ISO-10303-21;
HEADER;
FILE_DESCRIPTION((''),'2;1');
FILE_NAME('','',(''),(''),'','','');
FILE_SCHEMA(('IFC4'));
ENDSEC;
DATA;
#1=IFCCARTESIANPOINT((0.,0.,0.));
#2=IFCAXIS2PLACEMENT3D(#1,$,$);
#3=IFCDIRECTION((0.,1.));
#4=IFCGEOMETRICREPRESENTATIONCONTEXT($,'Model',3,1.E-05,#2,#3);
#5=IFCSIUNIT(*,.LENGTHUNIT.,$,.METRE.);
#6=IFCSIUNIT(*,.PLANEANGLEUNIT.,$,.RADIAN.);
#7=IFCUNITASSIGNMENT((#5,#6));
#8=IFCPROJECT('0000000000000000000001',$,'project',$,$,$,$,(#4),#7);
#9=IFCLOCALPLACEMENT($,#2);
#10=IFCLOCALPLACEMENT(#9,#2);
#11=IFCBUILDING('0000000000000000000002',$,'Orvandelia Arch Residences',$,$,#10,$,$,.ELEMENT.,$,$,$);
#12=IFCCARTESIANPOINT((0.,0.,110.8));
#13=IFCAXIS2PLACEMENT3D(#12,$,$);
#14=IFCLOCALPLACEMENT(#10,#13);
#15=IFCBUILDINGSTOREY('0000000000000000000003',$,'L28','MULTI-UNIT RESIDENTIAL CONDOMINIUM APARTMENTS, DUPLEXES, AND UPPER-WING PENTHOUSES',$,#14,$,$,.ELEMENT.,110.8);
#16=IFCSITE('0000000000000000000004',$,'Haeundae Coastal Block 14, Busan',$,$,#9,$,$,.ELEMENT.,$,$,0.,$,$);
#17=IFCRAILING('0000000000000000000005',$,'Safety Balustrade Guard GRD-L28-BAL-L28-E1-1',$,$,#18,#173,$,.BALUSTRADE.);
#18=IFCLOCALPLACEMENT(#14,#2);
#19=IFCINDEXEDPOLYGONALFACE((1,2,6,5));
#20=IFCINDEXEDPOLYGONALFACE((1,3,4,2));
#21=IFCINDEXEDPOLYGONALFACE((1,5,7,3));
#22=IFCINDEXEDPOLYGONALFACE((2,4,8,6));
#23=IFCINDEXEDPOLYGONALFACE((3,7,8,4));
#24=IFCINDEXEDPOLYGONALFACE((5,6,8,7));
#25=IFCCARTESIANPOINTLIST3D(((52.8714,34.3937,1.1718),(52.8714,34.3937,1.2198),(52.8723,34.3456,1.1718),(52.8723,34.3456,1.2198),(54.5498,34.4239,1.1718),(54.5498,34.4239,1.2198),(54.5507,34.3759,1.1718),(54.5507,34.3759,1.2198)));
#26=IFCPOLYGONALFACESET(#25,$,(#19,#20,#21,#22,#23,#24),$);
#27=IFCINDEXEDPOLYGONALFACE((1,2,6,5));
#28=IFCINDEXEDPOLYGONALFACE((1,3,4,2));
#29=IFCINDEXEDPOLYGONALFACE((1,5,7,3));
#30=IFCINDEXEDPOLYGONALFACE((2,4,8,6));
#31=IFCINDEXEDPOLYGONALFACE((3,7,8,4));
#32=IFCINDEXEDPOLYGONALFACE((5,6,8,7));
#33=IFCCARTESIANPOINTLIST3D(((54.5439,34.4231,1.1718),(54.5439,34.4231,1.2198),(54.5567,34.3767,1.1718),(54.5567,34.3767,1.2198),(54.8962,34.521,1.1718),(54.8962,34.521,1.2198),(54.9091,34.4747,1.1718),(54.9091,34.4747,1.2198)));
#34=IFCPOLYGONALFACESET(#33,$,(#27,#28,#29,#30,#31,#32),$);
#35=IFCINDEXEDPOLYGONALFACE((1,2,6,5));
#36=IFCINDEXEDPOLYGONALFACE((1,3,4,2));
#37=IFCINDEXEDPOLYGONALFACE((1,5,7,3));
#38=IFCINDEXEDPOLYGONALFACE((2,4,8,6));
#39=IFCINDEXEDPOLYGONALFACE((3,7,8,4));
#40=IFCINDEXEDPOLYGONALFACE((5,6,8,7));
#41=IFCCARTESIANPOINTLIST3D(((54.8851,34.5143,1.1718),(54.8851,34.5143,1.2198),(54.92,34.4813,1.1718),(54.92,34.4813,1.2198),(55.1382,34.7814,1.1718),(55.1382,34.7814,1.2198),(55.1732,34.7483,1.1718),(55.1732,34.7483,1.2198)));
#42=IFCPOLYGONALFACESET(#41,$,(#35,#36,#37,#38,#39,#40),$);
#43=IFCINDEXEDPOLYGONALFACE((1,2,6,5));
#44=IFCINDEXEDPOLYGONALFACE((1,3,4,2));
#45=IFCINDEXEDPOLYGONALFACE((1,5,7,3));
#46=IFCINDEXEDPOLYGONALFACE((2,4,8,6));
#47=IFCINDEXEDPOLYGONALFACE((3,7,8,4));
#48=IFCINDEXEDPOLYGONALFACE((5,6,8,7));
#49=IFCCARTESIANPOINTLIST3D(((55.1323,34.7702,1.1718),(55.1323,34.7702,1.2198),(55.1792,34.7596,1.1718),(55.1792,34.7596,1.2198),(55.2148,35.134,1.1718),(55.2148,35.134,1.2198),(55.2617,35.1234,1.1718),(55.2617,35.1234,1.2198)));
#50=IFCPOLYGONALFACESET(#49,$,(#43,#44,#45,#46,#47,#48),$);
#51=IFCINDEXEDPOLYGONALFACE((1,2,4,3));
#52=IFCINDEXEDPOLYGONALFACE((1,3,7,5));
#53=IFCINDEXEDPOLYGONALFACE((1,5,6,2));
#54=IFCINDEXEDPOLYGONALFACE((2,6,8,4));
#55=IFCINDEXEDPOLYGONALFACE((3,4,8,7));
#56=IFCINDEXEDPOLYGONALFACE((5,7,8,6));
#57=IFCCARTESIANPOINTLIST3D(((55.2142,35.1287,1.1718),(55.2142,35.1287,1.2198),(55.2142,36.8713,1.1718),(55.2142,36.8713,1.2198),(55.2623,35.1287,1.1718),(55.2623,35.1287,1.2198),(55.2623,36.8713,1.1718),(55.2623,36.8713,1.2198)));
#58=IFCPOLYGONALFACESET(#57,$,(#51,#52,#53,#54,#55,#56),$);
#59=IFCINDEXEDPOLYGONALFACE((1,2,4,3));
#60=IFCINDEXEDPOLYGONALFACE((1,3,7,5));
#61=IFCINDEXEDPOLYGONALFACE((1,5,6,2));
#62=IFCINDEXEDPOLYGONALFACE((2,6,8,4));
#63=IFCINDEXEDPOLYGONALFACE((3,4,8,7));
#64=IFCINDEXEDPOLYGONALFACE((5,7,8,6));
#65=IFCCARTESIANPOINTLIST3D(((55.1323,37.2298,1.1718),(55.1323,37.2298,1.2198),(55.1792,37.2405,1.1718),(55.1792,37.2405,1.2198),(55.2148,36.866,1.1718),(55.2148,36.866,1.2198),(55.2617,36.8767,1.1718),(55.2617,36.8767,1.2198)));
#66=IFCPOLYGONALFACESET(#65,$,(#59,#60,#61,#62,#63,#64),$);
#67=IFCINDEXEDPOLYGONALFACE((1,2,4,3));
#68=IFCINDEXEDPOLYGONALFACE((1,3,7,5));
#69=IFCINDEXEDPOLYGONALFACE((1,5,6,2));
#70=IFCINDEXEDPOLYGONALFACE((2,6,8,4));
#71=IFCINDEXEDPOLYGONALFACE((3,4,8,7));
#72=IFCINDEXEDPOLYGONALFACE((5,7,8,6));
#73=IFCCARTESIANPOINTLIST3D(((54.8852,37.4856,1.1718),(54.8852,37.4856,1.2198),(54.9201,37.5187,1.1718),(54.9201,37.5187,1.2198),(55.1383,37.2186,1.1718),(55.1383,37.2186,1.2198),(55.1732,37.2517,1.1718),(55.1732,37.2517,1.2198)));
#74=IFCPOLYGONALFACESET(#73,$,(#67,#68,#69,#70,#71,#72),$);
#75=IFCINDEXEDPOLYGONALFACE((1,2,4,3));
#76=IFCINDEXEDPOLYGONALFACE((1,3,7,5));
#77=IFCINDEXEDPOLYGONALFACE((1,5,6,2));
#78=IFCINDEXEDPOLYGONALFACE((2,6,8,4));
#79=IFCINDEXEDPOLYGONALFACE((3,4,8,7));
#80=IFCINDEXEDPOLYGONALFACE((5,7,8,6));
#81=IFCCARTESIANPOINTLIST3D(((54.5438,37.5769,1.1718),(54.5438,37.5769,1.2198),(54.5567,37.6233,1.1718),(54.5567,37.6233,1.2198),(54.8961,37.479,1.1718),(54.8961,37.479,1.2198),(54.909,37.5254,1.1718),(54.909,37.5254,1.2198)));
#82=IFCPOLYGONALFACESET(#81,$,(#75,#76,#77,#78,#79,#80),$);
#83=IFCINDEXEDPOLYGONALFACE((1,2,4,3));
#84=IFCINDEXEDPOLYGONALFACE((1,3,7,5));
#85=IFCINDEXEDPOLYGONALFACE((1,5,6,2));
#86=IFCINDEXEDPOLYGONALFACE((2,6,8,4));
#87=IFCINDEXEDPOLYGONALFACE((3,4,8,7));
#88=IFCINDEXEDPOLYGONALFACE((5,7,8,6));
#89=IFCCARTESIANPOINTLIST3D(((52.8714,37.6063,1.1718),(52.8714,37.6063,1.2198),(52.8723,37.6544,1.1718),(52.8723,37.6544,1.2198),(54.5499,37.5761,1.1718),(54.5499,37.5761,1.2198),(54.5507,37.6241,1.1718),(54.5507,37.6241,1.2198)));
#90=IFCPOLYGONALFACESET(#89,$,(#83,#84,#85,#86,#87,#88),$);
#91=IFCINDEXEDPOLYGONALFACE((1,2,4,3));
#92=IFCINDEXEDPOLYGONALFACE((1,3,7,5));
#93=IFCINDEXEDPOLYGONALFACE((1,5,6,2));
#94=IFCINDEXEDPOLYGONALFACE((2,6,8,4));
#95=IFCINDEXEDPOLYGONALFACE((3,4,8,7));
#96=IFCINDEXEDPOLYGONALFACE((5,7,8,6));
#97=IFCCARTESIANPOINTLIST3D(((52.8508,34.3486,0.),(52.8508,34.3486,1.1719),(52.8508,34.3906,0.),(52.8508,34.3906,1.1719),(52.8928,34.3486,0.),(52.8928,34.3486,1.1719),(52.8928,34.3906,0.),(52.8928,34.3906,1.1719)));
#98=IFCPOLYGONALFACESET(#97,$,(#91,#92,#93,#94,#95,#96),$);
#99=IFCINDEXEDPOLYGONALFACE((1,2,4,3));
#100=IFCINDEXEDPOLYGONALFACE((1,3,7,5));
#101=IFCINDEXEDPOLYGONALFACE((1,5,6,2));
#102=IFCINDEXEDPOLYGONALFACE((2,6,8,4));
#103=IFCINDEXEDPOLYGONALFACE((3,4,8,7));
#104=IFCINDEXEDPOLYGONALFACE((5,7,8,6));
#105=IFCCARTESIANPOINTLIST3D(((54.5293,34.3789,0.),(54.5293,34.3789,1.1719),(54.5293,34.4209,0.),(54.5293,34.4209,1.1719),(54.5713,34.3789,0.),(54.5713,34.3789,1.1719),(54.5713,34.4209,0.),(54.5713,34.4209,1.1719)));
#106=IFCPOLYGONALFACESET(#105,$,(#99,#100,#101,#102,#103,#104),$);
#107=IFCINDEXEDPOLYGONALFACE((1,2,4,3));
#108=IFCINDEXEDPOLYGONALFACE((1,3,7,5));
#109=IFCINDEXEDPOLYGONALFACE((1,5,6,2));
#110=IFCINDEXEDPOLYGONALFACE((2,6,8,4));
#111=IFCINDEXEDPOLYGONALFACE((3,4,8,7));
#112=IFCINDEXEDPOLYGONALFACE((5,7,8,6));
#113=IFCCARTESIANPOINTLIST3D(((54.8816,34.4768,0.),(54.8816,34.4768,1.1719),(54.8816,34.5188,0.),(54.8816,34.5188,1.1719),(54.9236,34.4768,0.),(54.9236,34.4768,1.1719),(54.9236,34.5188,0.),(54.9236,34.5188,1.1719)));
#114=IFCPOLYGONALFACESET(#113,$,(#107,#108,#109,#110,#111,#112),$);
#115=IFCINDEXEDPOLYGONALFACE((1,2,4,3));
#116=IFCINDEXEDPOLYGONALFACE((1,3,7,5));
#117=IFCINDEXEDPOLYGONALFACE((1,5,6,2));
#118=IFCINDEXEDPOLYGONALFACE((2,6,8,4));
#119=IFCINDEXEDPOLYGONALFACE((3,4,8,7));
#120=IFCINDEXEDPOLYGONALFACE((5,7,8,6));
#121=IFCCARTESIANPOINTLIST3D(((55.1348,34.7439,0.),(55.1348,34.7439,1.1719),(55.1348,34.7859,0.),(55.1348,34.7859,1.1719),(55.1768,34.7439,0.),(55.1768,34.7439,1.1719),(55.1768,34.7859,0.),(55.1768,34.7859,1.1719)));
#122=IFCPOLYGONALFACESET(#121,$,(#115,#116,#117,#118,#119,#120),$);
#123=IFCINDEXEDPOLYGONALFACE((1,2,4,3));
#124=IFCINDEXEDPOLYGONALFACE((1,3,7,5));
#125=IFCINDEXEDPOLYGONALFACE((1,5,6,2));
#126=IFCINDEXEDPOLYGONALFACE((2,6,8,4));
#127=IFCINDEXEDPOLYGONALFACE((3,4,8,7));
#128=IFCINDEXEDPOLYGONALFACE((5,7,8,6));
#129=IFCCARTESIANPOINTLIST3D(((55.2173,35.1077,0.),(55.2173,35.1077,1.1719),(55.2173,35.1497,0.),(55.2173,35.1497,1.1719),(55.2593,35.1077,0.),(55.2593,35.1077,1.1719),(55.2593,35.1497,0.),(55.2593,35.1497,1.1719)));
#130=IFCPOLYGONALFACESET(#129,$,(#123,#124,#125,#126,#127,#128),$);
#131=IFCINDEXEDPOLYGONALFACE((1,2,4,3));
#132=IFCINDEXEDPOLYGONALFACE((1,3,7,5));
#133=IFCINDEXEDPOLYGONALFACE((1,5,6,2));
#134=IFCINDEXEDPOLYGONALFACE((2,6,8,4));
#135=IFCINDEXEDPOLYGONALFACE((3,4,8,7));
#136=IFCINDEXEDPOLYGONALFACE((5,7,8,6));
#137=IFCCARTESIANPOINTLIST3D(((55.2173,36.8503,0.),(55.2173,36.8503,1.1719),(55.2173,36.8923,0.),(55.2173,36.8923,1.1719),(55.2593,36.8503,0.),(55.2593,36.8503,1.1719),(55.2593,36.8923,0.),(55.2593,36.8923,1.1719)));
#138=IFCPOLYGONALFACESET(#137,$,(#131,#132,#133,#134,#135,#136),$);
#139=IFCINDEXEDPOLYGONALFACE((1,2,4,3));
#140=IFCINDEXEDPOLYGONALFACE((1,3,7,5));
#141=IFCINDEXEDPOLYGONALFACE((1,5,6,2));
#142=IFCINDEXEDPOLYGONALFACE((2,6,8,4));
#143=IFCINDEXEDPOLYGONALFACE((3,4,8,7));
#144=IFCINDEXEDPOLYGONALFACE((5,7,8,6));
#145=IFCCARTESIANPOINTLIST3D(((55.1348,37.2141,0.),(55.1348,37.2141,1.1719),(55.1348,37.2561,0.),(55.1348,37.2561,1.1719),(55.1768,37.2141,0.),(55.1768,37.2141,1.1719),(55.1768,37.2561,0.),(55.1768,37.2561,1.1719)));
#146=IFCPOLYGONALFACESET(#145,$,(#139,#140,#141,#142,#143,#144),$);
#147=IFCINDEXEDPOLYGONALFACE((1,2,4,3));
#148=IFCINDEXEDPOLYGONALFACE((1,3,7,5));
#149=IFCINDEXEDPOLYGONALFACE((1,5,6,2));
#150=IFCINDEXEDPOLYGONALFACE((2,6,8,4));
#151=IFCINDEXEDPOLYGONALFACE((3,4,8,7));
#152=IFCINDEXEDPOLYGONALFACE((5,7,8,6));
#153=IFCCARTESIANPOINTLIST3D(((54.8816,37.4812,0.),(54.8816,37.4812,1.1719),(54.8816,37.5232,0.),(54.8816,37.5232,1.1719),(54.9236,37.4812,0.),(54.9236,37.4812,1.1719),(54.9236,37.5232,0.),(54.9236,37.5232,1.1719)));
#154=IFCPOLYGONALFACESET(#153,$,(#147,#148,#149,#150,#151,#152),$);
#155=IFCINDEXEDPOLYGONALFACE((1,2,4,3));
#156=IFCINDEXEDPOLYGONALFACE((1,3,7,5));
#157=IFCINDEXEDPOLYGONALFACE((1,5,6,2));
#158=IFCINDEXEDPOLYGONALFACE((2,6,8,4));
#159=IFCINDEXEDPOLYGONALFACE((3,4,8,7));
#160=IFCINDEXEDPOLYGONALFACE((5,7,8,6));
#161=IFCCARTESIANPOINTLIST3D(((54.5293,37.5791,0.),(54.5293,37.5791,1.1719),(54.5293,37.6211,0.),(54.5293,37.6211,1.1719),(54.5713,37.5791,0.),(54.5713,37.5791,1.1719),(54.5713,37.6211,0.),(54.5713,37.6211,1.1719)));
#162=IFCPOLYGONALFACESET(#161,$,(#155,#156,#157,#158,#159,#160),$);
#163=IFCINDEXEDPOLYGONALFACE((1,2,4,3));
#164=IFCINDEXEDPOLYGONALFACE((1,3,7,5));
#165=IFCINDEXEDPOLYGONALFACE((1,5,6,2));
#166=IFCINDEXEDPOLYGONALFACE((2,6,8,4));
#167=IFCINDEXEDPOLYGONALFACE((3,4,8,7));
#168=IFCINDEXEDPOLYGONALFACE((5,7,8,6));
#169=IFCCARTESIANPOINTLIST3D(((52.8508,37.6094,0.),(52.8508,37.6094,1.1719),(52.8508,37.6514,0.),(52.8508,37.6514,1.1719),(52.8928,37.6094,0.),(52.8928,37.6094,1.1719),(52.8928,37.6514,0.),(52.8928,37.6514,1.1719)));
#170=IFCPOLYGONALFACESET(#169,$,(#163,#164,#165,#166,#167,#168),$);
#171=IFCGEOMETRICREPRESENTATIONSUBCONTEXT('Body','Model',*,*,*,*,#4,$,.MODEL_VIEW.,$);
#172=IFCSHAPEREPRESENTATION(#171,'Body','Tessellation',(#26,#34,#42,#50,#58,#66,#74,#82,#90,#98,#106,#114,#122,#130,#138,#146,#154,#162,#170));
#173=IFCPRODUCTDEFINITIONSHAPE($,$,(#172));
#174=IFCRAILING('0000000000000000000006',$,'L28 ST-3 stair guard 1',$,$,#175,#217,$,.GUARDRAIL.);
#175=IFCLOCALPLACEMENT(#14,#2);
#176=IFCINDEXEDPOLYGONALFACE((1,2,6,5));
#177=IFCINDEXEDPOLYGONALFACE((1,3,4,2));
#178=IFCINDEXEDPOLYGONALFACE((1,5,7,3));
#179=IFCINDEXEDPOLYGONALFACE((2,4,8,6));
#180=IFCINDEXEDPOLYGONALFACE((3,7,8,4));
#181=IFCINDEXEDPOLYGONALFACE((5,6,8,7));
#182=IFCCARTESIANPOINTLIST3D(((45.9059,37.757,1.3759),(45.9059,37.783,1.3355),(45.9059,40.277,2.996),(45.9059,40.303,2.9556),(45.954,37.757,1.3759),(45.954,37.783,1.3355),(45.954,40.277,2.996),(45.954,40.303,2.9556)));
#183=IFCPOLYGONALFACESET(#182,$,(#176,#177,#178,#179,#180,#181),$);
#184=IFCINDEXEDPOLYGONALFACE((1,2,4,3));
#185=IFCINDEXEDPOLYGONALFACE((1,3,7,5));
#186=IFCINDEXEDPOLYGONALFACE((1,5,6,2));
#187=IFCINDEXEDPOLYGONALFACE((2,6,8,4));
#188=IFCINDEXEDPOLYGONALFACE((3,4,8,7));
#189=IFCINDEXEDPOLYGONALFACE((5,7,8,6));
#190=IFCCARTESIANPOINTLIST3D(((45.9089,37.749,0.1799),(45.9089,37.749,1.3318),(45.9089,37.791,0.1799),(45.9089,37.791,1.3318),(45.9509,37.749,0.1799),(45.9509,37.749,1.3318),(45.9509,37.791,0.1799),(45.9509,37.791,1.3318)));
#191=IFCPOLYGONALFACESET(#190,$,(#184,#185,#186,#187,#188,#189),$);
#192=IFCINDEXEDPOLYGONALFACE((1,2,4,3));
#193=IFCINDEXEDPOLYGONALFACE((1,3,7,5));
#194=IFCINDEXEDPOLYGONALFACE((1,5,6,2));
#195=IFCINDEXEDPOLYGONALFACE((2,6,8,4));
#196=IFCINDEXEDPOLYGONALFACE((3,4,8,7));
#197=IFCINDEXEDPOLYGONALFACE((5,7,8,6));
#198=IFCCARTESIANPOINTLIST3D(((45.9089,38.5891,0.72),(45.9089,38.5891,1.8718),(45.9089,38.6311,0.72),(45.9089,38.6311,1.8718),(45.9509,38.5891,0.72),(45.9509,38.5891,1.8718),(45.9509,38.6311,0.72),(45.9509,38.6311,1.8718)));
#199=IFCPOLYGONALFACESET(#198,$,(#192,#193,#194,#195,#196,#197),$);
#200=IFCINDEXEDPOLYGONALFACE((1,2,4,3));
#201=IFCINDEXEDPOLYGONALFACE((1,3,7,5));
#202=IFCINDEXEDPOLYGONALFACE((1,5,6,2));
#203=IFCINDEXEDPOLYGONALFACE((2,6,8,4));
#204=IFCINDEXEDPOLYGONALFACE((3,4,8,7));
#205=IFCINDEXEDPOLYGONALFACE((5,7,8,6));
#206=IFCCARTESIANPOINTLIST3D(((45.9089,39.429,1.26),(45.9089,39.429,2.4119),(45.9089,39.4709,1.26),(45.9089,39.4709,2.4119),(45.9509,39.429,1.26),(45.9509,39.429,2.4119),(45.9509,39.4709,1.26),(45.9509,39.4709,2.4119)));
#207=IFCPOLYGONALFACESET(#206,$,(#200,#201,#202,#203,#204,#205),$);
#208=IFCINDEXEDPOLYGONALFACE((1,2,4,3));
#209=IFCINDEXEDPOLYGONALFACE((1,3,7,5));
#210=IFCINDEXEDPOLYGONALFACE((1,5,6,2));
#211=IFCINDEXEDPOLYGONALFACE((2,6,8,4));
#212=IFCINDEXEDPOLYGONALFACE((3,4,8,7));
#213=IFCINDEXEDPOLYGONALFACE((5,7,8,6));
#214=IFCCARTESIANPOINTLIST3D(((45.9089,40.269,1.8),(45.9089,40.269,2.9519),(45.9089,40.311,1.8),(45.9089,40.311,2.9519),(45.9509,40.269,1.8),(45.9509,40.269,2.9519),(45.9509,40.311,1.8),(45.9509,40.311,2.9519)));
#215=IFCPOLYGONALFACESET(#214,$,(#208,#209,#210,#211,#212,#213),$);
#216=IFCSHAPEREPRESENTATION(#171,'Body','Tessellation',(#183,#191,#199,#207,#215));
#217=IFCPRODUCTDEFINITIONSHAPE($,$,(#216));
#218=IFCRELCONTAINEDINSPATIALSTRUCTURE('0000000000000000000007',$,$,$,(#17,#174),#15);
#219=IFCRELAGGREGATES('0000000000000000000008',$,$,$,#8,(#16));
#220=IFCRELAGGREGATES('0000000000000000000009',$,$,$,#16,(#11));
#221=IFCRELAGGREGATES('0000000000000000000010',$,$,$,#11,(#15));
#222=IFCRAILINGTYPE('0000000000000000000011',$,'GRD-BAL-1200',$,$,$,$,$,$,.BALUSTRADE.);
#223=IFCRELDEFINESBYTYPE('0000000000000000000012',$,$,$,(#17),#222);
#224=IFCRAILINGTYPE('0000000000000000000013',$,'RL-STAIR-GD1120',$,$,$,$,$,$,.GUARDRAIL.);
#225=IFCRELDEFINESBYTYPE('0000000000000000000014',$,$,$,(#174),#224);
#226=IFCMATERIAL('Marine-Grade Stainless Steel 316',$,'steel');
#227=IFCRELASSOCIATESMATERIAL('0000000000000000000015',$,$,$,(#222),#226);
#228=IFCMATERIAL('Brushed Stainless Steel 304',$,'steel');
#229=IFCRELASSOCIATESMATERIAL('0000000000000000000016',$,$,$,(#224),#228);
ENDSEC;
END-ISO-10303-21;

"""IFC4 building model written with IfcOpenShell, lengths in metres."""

from ifc_helpers import new_model, si_unit, direction, frame, origin, origin_2d, place, context, subcontext, project, spatial, rectangle, extrude, material, type_object, element, save


model = new_model("IFC4")

# Units and contexts
model_context = context("Model", 3, precision=1e-05, world=origin(), true_north=direction((0.0, 1.0)))
body_context = subcontext(model_context, "Body", "Model", "MODEL_VIEW")
ifc_project = project(units=[si_unit("LENGTHUNIT", "METRE"), si_unit("PLANEANGLEUNIT", "RADIAN")], contexts=[model_context])

# Site, building, storey
site_placement = place(None, origin())
site = spatial("IfcSite", under=ifc_project, at=site_placement, Name="Haeundae Coastal Block 14, Busan", CompositionType="ELEMENT", RefElevation=0.0)
building_placement = place(site_placement, origin())
building = spatial("IfcBuilding", under=site, at=building_placement, Name="Orvandelia Arch Residences", CompositionType="ELEMENT")
storey_placement = place(building_placement, frame((0.0, 0.0, 110.8)))
storey = spatial("IfcBuildingStorey", under=building, at=storey_placement, Name="L28", Description="MULTI-UNIT RESIDENTIAL CONDOMINIUM APARTMENTS, DUPLEXES, AND UPPER-WING PENTHOUSES", CompositionType="ELEMENT", Elevation=110.8)

# Railings
ifc_material_1 = material(Name="Marine-Grade Stainless Steel 316", Category="steel")
railing_type_1 = type_object("IfcRailingType", Name="GRD-BAL-1200", PredefinedType="BALUSTRADE", material=ifc_material_1)
railing_1_placement = place(storey_placement, frame((52.8718, 34.3696, 0.0)))
element("IfcRailing", 1, at=railing_1_placement, inside=storey, type_object=railing_type_1, Name="Safety Balustrade Guard GRD-L28-BAL-L28-E1-1", PredefinedType="BALUSTRADE", context=body_context, shape_type="SweptSolid", body=[
    extrude(rectangle(XDim=0.0481, YDim=0.0481, at=origin_2d()), frame((0.0, 0.0, 1.1958), z_axis=(0.999837, 0.018033, 0.0), x_axis=(-0.018033, 0.999837, 0.0)), (0.0, 0.0, 1.0), 1.6787),
    extrude(rectangle(XDim=0.0481, YDim=0.0481, at=origin_2d()), frame((1.6785, 0.0303, 1.1958), z_axis=(0.963489, 0.267747, 0.0), x_axis=(-0.267747, 0.963489, 0.0)), (0.0, 0.0, 1.0), 0.3657),
    extrude(rectangle(XDim=0.0481, YDim=0.0481, at=origin_2d()), frame((2.0308, 0.1282, 1.1958), z_axis=(0.687947, 0.725761, 0.0), x_axis=(-0.725761, 0.687947, 0.0)), (0.0, 0.0, 1.0), 0.3679),
    extrude(rectangle(XDim=0.0481, YDim=0.0481, at=origin_2d()), frame((2.2839, 0.3953, 1.1958), z_axis=(0.221225, 0.975223, 0.0), x_axis=(-0.975223, 0.221225, 0.0)), (0.0, 0.0, 1.0), 0.373),
    extrude(rectangle(XDim=0.0481, YDim=0.0481, at=origin_2d()), frame((2.3665, 0.759, 1.1958), z_axis=(0.0, 1.0, 0.0), x_axis=(-1.0, 0.0, 0.0)), (0.0, 0.0, 1.0), 1.7427),
    extrude(rectangle(XDim=0.0481, YDim=0.0481, at=origin_2d()), frame((2.3665, 2.5017, 1.1958), z_axis=(-0.221225, 0.975223, 0.0), x_axis=(-0.975223, -0.221225, 0.0)), (0.0, 0.0, 1.0), 0.373),
    extrude(rectangle(XDim=0.0481, YDim=0.0481, at=origin_2d()), frame((2.2839, 2.8655, 1.1958), z_axis=(-0.687947, 0.725761, 0.0), x_axis=(-0.725761, -0.687947, 0.0)), (0.0, 0.0, 1.0), 0.3679),
    extrude(rectangle(XDim=0.0481, YDim=0.0481, at=origin_2d()), frame((2.0308, 3.1326, 1.1958), z_axis=(-0.963489, 0.267747, 0.0), x_axis=(-0.267747, -0.963489, 0.0)), (0.0, 0.0, 1.0), 0.3657),
    extrude(rectangle(XDim=0.0481, YDim=0.0481, at=origin_2d()), frame((1.6785, 3.2305, 1.1958), z_axis=(-0.999837, 0.018033, 0.0), x_axis=(-0.018033, -0.999837, 0.0)), (0.0, 0.0, 1.0), 1.6787),
    extrude(rectangle(XDim=0.042, YDim=0.042, at=origin_2d()), origin(), (0.0, 0.0, 1.0), 1.1719),
    extrude(rectangle(XDim=0.042, YDim=0.042, at=origin_2d()), frame((1.6785, 0.0303, 0.0)), (0.0, 0.0, 1.0), 1.1719),
    extrude(rectangle(XDim=0.042, YDim=0.042, at=origin_2d()), frame((2.0308, 0.1282, 0.0)), (0.0, 0.0, 1.0), 1.1719),
    extrude(rectangle(XDim=0.042, YDim=0.042, at=origin_2d()), frame((2.2839, 0.3953, 0.0)), (0.0, 0.0, 1.0), 1.1719),
    extrude(rectangle(XDim=0.042, YDim=0.042, at=origin_2d()), frame((2.3665, 0.759, 0.0)), (0.0, 0.0, 1.0), 1.1719),
    extrude(rectangle(XDim=0.042, YDim=0.042, at=origin_2d()), frame((2.3665, 2.5017, 0.0)), (0.0, 0.0, 1.0), 1.1719),
    extrude(rectangle(XDim=0.042, YDim=0.042, at=origin_2d()), frame((2.2839, 2.8655, 0.0)), (0.0, 0.0, 1.0), 1.1719),
    extrude(rectangle(XDim=0.042, YDim=0.042, at=origin_2d()), frame((2.0308, 3.1326, 0.0)), (0.0, 0.0, 1.0), 1.1719),
    extrude(rectangle(XDim=0.042, YDim=0.042, at=origin_2d()), frame((1.6785, 3.2305, 0.0)), (0.0, 0.0, 1.0), 1.1719),
    extrude(rectangle(XDim=0.042, YDim=0.042, at=origin_2d()), frame((0.0, 3.2607, 0.0)), (0.0, 0.0, 1.0), 1.1719),
])
ifc_material_2 = material(Name="Brushed Stainless Steel 304", Category="steel")
railing_type_2 = type_object("IfcRailingType", Name="RL-STAIR-GD1120", PredefinedType="GUARDRAIL", material=ifc_material_2)
railing_2_placement = place(storey_placement, frame((45.9299, 37.77, 0.1799)))
element("IfcRailing", 2, at=railing_2_placement, inside=storey, type_object=railing_type_2, Name="L28 ST-3 stair guard 1", PredefinedType="GUARDRAIL", context=body_context, shape_type="SweptSolid", body=[
    extrude(rectangle(XDim=0.0481, YDim=0.0481, at=origin_2d()), frame((0.0, 0.0, 1.1758), z_axis=(0.0, 0.841163, 0.540782), x_axis=(-1.0, 0.0, 0.0)), (0.0, 0.0, 1.0), 2.9958),
    extrude(rectangle(XDim=0.042, YDim=0.042, at=origin_2d()), origin(), (0.0, 0.0, 1.0), 1.1519),
    extrude(rectangle(XDim=0.042, YDim=0.042, at=origin_2d()), frame((0.0, 0.8401, 0.54)), (0.0, 0.0, 1.0), 1.1519),
    extrude(rectangle(XDim=0.042, YDim=0.042, at=origin_2d()), frame((0.0, 1.6799, 1.0801)), (0.0, 0.0, 1.0), 1.1519),
    extrude(rectangle(XDim=0.042, YDim=0.042, at=origin_2d()), frame((0.0, 2.52, 1.6201)), (0.0, 0.0, 1.0), 1.1519),
])

save(model, "model.ifc")
